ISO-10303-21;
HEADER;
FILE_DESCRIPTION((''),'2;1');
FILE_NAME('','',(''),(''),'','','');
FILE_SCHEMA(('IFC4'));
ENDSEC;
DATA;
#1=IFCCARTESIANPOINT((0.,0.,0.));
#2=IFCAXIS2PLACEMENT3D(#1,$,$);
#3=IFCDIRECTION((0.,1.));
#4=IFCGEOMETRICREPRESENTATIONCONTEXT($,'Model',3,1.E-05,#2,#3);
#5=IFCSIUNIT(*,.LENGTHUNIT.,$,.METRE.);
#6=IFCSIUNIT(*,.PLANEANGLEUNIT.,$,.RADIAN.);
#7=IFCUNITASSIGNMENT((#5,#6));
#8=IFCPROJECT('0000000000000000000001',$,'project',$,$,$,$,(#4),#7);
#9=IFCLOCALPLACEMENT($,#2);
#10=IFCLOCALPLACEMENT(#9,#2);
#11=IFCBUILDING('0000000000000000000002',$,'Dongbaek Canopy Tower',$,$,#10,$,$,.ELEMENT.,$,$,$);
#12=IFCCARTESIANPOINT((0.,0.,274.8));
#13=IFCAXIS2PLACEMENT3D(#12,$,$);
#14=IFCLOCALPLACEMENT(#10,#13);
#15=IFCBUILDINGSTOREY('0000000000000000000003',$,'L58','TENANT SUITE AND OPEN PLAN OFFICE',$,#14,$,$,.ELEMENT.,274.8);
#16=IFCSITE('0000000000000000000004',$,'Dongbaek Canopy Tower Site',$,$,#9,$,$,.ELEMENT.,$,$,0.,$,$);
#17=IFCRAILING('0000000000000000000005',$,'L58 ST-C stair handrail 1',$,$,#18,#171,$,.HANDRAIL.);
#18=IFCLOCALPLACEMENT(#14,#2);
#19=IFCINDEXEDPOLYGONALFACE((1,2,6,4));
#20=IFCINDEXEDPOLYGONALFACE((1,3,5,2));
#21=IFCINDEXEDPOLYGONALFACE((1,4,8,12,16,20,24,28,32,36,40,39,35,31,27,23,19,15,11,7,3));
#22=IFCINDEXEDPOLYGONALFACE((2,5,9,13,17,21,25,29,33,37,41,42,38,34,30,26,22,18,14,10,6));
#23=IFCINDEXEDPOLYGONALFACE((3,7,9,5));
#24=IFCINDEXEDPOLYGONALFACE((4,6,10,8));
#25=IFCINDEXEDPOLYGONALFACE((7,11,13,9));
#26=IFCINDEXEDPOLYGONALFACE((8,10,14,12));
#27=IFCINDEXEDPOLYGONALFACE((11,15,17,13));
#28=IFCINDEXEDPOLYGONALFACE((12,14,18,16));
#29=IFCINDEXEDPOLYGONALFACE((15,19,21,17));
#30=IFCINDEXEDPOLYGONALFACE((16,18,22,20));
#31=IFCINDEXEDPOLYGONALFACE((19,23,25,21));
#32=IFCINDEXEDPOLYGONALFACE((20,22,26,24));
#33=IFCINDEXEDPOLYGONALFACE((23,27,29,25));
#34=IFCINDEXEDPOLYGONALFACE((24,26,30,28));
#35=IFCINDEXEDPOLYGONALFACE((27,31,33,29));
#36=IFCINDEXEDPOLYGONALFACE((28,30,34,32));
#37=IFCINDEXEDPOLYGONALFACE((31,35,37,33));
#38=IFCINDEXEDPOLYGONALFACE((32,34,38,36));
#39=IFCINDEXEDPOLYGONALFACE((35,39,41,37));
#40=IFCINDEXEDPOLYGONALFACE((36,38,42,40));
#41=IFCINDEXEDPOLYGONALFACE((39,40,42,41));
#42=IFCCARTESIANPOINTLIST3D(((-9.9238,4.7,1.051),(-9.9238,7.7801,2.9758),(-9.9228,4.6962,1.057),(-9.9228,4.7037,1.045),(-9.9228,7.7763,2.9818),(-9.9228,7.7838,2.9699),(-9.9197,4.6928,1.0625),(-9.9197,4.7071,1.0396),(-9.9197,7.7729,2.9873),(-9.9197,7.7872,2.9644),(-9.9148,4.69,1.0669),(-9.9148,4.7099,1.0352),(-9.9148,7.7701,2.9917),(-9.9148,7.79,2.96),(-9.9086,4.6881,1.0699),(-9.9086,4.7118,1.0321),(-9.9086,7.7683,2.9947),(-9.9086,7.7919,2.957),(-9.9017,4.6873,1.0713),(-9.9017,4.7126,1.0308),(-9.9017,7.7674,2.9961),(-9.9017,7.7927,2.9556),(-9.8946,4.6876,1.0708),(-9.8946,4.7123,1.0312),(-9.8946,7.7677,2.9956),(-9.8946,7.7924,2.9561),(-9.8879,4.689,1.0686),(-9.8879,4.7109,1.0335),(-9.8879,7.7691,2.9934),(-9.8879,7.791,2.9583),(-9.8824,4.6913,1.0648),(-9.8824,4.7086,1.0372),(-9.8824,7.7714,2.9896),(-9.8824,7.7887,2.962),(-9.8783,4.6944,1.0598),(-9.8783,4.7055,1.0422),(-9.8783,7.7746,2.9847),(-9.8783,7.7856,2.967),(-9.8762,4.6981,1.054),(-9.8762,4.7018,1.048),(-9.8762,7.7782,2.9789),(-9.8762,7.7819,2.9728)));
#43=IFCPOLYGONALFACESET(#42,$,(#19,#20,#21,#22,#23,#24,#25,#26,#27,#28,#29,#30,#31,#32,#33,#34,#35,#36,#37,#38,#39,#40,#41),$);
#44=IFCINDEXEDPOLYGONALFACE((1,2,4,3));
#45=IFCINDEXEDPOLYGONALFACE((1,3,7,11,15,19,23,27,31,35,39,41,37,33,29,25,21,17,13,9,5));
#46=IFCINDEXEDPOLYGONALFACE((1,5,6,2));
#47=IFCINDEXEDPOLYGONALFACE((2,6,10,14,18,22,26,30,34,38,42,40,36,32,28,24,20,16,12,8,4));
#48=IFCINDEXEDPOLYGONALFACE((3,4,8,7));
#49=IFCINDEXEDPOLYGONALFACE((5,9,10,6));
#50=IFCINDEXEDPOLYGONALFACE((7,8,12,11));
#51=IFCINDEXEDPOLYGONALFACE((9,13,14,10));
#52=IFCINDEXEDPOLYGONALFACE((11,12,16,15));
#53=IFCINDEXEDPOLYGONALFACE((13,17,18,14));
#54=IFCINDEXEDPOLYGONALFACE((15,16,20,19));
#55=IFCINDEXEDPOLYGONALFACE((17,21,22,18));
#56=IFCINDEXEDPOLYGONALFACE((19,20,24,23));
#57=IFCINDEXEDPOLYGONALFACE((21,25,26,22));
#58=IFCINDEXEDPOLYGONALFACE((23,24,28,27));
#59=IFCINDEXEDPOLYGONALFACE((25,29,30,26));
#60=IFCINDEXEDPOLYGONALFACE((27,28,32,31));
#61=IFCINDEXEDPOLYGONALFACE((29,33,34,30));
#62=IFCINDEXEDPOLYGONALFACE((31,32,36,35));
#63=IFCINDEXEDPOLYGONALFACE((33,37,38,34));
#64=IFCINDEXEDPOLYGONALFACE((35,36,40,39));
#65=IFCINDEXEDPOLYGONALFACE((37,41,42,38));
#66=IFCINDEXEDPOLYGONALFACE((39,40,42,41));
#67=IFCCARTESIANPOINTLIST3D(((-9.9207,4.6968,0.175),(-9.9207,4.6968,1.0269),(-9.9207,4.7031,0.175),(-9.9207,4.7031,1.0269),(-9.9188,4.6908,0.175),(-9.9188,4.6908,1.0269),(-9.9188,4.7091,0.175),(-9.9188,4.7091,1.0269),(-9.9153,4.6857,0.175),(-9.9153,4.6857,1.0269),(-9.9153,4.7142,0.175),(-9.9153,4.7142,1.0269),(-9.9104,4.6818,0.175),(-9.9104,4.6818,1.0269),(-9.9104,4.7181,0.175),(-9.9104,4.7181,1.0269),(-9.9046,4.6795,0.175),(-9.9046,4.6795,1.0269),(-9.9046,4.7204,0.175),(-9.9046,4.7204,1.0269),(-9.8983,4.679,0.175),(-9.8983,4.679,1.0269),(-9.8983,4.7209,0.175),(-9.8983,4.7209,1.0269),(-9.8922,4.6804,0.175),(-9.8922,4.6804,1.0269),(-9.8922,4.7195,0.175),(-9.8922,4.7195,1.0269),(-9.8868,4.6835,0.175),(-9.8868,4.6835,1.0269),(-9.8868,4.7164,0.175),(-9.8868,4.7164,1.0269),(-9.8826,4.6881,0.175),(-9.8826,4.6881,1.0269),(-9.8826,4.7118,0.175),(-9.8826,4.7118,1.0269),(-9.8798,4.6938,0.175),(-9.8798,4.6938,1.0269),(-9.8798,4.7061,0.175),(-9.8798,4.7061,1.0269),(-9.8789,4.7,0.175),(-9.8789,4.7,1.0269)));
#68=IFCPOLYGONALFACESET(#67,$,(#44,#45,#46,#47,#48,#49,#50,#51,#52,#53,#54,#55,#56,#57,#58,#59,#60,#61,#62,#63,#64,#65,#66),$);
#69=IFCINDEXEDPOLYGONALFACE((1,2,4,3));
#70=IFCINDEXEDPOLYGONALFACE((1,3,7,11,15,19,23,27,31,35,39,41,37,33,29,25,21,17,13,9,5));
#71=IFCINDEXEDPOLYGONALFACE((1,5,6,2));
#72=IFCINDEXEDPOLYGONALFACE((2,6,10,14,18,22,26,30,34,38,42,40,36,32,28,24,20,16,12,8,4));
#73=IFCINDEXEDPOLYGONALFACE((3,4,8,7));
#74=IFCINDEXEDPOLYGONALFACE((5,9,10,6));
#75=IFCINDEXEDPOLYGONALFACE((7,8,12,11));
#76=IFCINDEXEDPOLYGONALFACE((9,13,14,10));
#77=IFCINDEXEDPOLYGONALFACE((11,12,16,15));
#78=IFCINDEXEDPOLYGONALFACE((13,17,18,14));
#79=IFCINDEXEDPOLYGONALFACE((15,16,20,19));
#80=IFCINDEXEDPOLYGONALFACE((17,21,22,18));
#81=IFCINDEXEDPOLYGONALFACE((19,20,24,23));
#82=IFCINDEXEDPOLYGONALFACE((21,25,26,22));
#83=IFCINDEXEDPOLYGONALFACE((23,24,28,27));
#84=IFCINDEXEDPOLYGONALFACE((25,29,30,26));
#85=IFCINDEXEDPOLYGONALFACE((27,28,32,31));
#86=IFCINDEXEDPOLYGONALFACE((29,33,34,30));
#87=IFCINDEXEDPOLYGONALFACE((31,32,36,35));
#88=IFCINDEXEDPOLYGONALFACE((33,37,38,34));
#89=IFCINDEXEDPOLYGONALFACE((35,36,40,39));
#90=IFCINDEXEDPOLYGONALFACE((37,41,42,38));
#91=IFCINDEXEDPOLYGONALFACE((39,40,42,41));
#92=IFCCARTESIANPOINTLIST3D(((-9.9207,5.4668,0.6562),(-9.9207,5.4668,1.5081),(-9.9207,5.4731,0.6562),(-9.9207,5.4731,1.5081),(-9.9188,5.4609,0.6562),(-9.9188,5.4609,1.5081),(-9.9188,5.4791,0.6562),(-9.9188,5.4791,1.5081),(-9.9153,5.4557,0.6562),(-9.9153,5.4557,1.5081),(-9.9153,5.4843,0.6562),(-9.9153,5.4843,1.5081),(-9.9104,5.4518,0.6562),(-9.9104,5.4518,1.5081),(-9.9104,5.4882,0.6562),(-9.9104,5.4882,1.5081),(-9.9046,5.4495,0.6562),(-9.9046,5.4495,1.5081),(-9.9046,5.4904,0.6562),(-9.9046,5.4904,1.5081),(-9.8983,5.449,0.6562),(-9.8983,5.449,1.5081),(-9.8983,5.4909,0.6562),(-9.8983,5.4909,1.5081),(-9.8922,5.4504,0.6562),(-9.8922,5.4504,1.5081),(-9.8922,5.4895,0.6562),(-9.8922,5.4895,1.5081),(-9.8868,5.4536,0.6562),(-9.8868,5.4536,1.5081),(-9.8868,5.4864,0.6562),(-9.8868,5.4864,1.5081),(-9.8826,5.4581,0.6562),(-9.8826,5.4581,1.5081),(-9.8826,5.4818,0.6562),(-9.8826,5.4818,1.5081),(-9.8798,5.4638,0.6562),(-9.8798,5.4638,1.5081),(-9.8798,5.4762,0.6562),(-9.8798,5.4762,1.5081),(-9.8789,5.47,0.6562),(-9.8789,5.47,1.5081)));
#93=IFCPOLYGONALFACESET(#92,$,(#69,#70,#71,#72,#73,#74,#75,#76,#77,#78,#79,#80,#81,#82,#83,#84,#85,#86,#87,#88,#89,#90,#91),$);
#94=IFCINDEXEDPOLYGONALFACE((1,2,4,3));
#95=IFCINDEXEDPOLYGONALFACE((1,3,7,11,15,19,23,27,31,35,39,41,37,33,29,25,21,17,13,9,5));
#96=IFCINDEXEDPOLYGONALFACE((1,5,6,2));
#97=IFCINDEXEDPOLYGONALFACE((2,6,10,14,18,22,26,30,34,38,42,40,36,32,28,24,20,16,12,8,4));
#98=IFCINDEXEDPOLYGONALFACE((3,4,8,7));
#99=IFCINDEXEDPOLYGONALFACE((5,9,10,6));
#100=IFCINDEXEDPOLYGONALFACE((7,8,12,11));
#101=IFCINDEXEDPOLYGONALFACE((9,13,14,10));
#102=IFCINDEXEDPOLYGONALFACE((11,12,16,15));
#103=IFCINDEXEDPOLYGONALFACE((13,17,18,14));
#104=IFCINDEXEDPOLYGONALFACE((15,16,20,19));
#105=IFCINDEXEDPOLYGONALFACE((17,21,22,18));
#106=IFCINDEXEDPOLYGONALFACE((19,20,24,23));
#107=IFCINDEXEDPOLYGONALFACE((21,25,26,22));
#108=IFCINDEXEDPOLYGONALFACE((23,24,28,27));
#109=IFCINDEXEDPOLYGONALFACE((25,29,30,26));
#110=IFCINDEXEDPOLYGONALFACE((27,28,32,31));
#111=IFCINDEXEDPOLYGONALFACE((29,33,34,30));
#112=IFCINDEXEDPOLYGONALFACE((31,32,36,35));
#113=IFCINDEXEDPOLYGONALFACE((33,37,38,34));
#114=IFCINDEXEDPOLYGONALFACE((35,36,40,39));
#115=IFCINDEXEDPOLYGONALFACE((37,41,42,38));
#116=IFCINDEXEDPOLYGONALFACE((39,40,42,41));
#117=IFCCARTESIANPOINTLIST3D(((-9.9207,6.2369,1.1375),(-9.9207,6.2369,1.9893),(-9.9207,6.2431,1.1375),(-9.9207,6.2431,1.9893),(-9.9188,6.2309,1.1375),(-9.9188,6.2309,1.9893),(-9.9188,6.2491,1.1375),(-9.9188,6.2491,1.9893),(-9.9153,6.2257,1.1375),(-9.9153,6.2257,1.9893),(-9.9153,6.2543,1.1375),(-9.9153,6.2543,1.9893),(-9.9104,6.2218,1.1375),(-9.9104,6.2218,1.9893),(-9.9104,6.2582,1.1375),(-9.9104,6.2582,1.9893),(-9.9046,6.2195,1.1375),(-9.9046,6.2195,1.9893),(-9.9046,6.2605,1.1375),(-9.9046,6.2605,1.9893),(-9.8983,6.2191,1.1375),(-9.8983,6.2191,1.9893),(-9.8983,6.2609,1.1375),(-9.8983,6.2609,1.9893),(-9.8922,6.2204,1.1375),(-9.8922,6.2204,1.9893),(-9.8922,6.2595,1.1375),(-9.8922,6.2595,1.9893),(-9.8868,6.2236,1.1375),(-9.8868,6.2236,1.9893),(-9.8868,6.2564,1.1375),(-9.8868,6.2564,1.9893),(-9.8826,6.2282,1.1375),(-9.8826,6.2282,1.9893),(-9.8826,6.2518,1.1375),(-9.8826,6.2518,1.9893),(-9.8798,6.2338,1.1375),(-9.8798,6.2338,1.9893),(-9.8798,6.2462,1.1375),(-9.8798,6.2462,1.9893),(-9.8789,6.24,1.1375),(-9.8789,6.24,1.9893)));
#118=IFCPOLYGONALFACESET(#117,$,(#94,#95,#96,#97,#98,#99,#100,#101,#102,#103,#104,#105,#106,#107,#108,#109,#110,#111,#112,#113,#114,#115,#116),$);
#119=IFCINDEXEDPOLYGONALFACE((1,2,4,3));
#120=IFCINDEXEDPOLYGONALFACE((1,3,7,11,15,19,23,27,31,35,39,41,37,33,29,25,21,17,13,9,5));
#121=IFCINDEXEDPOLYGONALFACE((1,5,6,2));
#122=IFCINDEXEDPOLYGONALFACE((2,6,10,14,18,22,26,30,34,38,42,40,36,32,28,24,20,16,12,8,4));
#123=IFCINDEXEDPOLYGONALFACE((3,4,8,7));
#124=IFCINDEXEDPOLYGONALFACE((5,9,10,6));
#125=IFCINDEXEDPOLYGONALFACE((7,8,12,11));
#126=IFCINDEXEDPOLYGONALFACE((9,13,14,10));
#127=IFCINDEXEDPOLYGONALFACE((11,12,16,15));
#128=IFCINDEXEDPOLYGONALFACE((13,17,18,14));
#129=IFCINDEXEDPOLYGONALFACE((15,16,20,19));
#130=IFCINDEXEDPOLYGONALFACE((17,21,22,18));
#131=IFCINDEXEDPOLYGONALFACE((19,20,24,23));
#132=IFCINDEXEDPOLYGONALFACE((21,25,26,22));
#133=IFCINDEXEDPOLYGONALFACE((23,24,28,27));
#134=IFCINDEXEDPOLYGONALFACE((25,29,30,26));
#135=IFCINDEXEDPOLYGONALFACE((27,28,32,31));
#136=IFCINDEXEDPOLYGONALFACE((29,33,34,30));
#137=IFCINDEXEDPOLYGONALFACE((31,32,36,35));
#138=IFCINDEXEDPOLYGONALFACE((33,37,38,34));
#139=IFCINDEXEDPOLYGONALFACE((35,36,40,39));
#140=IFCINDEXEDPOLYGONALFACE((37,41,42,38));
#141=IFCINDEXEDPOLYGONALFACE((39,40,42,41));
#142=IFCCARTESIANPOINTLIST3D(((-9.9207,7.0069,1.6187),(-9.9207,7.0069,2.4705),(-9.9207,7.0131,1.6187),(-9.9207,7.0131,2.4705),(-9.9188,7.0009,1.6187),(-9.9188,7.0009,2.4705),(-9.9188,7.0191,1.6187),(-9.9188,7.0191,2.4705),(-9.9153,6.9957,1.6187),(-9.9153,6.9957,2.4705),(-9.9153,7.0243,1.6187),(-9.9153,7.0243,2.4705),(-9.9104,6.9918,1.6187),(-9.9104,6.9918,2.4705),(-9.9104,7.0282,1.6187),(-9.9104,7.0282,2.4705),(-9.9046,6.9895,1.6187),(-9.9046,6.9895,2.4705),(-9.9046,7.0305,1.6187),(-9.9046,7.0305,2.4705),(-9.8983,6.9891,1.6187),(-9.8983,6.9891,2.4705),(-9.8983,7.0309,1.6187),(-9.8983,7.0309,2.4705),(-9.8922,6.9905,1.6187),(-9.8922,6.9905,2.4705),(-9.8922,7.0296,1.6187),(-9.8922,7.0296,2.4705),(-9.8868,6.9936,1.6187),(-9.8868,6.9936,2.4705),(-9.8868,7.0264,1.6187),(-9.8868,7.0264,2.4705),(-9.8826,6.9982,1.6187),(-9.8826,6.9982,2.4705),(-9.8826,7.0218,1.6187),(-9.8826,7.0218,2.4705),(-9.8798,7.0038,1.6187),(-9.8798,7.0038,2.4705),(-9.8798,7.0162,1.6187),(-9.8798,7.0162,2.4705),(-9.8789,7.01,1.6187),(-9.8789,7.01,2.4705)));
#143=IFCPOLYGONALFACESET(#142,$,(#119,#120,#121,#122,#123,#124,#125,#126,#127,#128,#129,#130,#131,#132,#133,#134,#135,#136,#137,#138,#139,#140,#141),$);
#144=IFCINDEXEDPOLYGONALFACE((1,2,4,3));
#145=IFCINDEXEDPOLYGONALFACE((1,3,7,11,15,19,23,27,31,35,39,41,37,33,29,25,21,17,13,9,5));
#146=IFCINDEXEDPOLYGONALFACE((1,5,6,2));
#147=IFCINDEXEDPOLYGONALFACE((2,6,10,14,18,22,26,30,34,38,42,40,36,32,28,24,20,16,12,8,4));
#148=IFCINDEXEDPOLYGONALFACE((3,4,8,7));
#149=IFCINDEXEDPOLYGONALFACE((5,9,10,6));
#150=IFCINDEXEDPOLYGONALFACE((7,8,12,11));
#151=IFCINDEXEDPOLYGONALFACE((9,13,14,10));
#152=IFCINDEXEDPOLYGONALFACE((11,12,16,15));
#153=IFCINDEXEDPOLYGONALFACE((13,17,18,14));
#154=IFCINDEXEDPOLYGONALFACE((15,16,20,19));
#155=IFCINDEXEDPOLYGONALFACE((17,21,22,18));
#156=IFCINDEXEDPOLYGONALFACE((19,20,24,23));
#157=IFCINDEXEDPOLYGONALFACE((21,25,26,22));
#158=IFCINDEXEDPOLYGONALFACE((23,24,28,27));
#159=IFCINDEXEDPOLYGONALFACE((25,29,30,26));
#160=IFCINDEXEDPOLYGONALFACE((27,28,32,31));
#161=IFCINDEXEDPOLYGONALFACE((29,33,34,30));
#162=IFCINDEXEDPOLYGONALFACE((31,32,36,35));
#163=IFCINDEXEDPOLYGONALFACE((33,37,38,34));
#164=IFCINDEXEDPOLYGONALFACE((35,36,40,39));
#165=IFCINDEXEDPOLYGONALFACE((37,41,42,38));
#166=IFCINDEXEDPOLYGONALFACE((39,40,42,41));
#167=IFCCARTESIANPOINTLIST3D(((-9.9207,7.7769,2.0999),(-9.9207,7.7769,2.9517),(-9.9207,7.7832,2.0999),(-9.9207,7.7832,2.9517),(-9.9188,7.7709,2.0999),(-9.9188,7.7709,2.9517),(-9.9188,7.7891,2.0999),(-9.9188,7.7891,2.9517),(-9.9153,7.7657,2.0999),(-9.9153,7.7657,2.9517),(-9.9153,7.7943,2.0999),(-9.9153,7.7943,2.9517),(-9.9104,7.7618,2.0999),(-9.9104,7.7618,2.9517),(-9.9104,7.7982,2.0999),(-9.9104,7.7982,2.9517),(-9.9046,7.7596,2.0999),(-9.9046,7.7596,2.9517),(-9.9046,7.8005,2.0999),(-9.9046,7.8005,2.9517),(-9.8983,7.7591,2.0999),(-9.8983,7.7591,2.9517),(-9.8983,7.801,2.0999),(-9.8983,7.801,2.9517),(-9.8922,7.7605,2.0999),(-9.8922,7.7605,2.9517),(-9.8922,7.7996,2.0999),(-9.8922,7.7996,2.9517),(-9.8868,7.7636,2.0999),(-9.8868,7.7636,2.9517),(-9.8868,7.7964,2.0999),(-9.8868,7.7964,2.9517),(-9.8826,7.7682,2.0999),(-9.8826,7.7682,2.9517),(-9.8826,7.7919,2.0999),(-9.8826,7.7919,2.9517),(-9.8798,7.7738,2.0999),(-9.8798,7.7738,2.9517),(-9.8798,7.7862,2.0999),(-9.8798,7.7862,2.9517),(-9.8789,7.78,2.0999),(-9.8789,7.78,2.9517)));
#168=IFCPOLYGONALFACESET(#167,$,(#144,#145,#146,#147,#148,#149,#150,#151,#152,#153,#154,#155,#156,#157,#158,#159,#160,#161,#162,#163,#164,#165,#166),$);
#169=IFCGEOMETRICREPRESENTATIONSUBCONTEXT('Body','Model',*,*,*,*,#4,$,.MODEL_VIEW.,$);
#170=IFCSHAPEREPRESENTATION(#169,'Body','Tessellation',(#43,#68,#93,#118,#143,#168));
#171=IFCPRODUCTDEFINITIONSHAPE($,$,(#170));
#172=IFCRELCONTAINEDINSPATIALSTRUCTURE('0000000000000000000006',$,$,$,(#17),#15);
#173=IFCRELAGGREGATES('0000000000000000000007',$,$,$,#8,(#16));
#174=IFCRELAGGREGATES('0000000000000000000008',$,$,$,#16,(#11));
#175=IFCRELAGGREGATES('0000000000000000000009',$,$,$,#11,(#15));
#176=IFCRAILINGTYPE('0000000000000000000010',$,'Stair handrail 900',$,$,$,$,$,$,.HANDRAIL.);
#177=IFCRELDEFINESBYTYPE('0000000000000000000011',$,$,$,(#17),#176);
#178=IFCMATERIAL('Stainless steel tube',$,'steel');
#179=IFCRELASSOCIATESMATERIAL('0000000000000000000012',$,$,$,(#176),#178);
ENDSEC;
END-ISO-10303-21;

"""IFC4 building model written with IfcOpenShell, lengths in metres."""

from ifc_helpers import new_model, si_unit, direction, frame, origin, origin_2d, place, context, subcontext, project, spatial, circle, extrude, material, type_object, element, save


model = new_model("IFC4")

# Units and contexts
model_context = context("Model", 3, precision=1e-05, world=origin(), true_north=direction((0.0, 1.0)))
body_context = subcontext(model_context, "Body", "Model", "MODEL_VIEW")
ifc_project = project(units=[si_unit("LENGTHUNIT", "METRE"), si_unit("PLANEANGLEUNIT", "RADIAN")], contexts=[model_context])

# Site, building, storey
site_placement = place(None, origin())
site = spatial("IfcSite", under=ifc_project, at=site_placement, Name="Dongbaek Canopy Tower Site", CompositionType="ELEMENT", RefElevation=0.0)
building_placement = place(site_placement, origin())
building = spatial("IfcBuilding", under=site, at=building_placement, Name="Dongbaek Canopy Tower", CompositionType="ELEMENT")
storey_placement = place(building_placement, frame((0.0, 0.0, 274.8)))
storey = spatial("IfcBuildingStorey", under=building, at=storey_placement, Name="L58", Description="TENANT SUITE AND OPEN PLAN OFFICE", CompositionType="ELEMENT", Elevation=274.8)

# Railing
ifc_material_1 = material(Name="Stainless steel tube", Category="steel")
railing_type_1 = type_object("IfcRailingType", Name="Stair handrail 900", PredefinedType="HANDRAIL", material=ifc_material_1)
railing_1_placement = place(storey_placement, frame((-9.8999, 4.7, 0.175)))
element("IfcRailing", 1, at=railing_1_placement, inside=storey, type_object=railing_type_1, Name="L58 ST-C stair handrail 1", PredefinedType="HANDRAIL", context=body_context, shape_type="SweptSolid", body=[
    extrude(circle(Radius=0.0239, at=origin_2d()), frame((0.0, 0.0, 0.876), z_axis=(0.0, 0.848029, 0.529951), x_axis=(-1.0, 0.0, 0.0)), (0.0, 0.0, 1.0), 3.6321),
    extrude(circle(Radius=0.021, at=origin_2d()), origin(), (0.0, 0.0, 1.0), 0.8518),
    extrude(circle(Radius=0.021, at=origin_2d()), frame((0.0, 0.77, 0.4812)), (0.0, 0.0, 1.0), 0.8518),
    extrude(circle(Radius=0.021, at=origin_2d()), frame((0.0, 1.54, 0.9624)), (0.0, 0.0, 1.0), 0.8518),
    extrude(circle(Radius=0.021, at=origin_2d()), frame((0.0, 2.3101, 1.4436)), (0.0, 0.0, 1.0), 0.8518),
    extrude(circle(Radius=0.021, at=origin_2d()), frame((0.0, 3.0801, 1.9248)), (0.0, 0.0, 1.0), 0.8518),
])

save(model, "model.ifc")
